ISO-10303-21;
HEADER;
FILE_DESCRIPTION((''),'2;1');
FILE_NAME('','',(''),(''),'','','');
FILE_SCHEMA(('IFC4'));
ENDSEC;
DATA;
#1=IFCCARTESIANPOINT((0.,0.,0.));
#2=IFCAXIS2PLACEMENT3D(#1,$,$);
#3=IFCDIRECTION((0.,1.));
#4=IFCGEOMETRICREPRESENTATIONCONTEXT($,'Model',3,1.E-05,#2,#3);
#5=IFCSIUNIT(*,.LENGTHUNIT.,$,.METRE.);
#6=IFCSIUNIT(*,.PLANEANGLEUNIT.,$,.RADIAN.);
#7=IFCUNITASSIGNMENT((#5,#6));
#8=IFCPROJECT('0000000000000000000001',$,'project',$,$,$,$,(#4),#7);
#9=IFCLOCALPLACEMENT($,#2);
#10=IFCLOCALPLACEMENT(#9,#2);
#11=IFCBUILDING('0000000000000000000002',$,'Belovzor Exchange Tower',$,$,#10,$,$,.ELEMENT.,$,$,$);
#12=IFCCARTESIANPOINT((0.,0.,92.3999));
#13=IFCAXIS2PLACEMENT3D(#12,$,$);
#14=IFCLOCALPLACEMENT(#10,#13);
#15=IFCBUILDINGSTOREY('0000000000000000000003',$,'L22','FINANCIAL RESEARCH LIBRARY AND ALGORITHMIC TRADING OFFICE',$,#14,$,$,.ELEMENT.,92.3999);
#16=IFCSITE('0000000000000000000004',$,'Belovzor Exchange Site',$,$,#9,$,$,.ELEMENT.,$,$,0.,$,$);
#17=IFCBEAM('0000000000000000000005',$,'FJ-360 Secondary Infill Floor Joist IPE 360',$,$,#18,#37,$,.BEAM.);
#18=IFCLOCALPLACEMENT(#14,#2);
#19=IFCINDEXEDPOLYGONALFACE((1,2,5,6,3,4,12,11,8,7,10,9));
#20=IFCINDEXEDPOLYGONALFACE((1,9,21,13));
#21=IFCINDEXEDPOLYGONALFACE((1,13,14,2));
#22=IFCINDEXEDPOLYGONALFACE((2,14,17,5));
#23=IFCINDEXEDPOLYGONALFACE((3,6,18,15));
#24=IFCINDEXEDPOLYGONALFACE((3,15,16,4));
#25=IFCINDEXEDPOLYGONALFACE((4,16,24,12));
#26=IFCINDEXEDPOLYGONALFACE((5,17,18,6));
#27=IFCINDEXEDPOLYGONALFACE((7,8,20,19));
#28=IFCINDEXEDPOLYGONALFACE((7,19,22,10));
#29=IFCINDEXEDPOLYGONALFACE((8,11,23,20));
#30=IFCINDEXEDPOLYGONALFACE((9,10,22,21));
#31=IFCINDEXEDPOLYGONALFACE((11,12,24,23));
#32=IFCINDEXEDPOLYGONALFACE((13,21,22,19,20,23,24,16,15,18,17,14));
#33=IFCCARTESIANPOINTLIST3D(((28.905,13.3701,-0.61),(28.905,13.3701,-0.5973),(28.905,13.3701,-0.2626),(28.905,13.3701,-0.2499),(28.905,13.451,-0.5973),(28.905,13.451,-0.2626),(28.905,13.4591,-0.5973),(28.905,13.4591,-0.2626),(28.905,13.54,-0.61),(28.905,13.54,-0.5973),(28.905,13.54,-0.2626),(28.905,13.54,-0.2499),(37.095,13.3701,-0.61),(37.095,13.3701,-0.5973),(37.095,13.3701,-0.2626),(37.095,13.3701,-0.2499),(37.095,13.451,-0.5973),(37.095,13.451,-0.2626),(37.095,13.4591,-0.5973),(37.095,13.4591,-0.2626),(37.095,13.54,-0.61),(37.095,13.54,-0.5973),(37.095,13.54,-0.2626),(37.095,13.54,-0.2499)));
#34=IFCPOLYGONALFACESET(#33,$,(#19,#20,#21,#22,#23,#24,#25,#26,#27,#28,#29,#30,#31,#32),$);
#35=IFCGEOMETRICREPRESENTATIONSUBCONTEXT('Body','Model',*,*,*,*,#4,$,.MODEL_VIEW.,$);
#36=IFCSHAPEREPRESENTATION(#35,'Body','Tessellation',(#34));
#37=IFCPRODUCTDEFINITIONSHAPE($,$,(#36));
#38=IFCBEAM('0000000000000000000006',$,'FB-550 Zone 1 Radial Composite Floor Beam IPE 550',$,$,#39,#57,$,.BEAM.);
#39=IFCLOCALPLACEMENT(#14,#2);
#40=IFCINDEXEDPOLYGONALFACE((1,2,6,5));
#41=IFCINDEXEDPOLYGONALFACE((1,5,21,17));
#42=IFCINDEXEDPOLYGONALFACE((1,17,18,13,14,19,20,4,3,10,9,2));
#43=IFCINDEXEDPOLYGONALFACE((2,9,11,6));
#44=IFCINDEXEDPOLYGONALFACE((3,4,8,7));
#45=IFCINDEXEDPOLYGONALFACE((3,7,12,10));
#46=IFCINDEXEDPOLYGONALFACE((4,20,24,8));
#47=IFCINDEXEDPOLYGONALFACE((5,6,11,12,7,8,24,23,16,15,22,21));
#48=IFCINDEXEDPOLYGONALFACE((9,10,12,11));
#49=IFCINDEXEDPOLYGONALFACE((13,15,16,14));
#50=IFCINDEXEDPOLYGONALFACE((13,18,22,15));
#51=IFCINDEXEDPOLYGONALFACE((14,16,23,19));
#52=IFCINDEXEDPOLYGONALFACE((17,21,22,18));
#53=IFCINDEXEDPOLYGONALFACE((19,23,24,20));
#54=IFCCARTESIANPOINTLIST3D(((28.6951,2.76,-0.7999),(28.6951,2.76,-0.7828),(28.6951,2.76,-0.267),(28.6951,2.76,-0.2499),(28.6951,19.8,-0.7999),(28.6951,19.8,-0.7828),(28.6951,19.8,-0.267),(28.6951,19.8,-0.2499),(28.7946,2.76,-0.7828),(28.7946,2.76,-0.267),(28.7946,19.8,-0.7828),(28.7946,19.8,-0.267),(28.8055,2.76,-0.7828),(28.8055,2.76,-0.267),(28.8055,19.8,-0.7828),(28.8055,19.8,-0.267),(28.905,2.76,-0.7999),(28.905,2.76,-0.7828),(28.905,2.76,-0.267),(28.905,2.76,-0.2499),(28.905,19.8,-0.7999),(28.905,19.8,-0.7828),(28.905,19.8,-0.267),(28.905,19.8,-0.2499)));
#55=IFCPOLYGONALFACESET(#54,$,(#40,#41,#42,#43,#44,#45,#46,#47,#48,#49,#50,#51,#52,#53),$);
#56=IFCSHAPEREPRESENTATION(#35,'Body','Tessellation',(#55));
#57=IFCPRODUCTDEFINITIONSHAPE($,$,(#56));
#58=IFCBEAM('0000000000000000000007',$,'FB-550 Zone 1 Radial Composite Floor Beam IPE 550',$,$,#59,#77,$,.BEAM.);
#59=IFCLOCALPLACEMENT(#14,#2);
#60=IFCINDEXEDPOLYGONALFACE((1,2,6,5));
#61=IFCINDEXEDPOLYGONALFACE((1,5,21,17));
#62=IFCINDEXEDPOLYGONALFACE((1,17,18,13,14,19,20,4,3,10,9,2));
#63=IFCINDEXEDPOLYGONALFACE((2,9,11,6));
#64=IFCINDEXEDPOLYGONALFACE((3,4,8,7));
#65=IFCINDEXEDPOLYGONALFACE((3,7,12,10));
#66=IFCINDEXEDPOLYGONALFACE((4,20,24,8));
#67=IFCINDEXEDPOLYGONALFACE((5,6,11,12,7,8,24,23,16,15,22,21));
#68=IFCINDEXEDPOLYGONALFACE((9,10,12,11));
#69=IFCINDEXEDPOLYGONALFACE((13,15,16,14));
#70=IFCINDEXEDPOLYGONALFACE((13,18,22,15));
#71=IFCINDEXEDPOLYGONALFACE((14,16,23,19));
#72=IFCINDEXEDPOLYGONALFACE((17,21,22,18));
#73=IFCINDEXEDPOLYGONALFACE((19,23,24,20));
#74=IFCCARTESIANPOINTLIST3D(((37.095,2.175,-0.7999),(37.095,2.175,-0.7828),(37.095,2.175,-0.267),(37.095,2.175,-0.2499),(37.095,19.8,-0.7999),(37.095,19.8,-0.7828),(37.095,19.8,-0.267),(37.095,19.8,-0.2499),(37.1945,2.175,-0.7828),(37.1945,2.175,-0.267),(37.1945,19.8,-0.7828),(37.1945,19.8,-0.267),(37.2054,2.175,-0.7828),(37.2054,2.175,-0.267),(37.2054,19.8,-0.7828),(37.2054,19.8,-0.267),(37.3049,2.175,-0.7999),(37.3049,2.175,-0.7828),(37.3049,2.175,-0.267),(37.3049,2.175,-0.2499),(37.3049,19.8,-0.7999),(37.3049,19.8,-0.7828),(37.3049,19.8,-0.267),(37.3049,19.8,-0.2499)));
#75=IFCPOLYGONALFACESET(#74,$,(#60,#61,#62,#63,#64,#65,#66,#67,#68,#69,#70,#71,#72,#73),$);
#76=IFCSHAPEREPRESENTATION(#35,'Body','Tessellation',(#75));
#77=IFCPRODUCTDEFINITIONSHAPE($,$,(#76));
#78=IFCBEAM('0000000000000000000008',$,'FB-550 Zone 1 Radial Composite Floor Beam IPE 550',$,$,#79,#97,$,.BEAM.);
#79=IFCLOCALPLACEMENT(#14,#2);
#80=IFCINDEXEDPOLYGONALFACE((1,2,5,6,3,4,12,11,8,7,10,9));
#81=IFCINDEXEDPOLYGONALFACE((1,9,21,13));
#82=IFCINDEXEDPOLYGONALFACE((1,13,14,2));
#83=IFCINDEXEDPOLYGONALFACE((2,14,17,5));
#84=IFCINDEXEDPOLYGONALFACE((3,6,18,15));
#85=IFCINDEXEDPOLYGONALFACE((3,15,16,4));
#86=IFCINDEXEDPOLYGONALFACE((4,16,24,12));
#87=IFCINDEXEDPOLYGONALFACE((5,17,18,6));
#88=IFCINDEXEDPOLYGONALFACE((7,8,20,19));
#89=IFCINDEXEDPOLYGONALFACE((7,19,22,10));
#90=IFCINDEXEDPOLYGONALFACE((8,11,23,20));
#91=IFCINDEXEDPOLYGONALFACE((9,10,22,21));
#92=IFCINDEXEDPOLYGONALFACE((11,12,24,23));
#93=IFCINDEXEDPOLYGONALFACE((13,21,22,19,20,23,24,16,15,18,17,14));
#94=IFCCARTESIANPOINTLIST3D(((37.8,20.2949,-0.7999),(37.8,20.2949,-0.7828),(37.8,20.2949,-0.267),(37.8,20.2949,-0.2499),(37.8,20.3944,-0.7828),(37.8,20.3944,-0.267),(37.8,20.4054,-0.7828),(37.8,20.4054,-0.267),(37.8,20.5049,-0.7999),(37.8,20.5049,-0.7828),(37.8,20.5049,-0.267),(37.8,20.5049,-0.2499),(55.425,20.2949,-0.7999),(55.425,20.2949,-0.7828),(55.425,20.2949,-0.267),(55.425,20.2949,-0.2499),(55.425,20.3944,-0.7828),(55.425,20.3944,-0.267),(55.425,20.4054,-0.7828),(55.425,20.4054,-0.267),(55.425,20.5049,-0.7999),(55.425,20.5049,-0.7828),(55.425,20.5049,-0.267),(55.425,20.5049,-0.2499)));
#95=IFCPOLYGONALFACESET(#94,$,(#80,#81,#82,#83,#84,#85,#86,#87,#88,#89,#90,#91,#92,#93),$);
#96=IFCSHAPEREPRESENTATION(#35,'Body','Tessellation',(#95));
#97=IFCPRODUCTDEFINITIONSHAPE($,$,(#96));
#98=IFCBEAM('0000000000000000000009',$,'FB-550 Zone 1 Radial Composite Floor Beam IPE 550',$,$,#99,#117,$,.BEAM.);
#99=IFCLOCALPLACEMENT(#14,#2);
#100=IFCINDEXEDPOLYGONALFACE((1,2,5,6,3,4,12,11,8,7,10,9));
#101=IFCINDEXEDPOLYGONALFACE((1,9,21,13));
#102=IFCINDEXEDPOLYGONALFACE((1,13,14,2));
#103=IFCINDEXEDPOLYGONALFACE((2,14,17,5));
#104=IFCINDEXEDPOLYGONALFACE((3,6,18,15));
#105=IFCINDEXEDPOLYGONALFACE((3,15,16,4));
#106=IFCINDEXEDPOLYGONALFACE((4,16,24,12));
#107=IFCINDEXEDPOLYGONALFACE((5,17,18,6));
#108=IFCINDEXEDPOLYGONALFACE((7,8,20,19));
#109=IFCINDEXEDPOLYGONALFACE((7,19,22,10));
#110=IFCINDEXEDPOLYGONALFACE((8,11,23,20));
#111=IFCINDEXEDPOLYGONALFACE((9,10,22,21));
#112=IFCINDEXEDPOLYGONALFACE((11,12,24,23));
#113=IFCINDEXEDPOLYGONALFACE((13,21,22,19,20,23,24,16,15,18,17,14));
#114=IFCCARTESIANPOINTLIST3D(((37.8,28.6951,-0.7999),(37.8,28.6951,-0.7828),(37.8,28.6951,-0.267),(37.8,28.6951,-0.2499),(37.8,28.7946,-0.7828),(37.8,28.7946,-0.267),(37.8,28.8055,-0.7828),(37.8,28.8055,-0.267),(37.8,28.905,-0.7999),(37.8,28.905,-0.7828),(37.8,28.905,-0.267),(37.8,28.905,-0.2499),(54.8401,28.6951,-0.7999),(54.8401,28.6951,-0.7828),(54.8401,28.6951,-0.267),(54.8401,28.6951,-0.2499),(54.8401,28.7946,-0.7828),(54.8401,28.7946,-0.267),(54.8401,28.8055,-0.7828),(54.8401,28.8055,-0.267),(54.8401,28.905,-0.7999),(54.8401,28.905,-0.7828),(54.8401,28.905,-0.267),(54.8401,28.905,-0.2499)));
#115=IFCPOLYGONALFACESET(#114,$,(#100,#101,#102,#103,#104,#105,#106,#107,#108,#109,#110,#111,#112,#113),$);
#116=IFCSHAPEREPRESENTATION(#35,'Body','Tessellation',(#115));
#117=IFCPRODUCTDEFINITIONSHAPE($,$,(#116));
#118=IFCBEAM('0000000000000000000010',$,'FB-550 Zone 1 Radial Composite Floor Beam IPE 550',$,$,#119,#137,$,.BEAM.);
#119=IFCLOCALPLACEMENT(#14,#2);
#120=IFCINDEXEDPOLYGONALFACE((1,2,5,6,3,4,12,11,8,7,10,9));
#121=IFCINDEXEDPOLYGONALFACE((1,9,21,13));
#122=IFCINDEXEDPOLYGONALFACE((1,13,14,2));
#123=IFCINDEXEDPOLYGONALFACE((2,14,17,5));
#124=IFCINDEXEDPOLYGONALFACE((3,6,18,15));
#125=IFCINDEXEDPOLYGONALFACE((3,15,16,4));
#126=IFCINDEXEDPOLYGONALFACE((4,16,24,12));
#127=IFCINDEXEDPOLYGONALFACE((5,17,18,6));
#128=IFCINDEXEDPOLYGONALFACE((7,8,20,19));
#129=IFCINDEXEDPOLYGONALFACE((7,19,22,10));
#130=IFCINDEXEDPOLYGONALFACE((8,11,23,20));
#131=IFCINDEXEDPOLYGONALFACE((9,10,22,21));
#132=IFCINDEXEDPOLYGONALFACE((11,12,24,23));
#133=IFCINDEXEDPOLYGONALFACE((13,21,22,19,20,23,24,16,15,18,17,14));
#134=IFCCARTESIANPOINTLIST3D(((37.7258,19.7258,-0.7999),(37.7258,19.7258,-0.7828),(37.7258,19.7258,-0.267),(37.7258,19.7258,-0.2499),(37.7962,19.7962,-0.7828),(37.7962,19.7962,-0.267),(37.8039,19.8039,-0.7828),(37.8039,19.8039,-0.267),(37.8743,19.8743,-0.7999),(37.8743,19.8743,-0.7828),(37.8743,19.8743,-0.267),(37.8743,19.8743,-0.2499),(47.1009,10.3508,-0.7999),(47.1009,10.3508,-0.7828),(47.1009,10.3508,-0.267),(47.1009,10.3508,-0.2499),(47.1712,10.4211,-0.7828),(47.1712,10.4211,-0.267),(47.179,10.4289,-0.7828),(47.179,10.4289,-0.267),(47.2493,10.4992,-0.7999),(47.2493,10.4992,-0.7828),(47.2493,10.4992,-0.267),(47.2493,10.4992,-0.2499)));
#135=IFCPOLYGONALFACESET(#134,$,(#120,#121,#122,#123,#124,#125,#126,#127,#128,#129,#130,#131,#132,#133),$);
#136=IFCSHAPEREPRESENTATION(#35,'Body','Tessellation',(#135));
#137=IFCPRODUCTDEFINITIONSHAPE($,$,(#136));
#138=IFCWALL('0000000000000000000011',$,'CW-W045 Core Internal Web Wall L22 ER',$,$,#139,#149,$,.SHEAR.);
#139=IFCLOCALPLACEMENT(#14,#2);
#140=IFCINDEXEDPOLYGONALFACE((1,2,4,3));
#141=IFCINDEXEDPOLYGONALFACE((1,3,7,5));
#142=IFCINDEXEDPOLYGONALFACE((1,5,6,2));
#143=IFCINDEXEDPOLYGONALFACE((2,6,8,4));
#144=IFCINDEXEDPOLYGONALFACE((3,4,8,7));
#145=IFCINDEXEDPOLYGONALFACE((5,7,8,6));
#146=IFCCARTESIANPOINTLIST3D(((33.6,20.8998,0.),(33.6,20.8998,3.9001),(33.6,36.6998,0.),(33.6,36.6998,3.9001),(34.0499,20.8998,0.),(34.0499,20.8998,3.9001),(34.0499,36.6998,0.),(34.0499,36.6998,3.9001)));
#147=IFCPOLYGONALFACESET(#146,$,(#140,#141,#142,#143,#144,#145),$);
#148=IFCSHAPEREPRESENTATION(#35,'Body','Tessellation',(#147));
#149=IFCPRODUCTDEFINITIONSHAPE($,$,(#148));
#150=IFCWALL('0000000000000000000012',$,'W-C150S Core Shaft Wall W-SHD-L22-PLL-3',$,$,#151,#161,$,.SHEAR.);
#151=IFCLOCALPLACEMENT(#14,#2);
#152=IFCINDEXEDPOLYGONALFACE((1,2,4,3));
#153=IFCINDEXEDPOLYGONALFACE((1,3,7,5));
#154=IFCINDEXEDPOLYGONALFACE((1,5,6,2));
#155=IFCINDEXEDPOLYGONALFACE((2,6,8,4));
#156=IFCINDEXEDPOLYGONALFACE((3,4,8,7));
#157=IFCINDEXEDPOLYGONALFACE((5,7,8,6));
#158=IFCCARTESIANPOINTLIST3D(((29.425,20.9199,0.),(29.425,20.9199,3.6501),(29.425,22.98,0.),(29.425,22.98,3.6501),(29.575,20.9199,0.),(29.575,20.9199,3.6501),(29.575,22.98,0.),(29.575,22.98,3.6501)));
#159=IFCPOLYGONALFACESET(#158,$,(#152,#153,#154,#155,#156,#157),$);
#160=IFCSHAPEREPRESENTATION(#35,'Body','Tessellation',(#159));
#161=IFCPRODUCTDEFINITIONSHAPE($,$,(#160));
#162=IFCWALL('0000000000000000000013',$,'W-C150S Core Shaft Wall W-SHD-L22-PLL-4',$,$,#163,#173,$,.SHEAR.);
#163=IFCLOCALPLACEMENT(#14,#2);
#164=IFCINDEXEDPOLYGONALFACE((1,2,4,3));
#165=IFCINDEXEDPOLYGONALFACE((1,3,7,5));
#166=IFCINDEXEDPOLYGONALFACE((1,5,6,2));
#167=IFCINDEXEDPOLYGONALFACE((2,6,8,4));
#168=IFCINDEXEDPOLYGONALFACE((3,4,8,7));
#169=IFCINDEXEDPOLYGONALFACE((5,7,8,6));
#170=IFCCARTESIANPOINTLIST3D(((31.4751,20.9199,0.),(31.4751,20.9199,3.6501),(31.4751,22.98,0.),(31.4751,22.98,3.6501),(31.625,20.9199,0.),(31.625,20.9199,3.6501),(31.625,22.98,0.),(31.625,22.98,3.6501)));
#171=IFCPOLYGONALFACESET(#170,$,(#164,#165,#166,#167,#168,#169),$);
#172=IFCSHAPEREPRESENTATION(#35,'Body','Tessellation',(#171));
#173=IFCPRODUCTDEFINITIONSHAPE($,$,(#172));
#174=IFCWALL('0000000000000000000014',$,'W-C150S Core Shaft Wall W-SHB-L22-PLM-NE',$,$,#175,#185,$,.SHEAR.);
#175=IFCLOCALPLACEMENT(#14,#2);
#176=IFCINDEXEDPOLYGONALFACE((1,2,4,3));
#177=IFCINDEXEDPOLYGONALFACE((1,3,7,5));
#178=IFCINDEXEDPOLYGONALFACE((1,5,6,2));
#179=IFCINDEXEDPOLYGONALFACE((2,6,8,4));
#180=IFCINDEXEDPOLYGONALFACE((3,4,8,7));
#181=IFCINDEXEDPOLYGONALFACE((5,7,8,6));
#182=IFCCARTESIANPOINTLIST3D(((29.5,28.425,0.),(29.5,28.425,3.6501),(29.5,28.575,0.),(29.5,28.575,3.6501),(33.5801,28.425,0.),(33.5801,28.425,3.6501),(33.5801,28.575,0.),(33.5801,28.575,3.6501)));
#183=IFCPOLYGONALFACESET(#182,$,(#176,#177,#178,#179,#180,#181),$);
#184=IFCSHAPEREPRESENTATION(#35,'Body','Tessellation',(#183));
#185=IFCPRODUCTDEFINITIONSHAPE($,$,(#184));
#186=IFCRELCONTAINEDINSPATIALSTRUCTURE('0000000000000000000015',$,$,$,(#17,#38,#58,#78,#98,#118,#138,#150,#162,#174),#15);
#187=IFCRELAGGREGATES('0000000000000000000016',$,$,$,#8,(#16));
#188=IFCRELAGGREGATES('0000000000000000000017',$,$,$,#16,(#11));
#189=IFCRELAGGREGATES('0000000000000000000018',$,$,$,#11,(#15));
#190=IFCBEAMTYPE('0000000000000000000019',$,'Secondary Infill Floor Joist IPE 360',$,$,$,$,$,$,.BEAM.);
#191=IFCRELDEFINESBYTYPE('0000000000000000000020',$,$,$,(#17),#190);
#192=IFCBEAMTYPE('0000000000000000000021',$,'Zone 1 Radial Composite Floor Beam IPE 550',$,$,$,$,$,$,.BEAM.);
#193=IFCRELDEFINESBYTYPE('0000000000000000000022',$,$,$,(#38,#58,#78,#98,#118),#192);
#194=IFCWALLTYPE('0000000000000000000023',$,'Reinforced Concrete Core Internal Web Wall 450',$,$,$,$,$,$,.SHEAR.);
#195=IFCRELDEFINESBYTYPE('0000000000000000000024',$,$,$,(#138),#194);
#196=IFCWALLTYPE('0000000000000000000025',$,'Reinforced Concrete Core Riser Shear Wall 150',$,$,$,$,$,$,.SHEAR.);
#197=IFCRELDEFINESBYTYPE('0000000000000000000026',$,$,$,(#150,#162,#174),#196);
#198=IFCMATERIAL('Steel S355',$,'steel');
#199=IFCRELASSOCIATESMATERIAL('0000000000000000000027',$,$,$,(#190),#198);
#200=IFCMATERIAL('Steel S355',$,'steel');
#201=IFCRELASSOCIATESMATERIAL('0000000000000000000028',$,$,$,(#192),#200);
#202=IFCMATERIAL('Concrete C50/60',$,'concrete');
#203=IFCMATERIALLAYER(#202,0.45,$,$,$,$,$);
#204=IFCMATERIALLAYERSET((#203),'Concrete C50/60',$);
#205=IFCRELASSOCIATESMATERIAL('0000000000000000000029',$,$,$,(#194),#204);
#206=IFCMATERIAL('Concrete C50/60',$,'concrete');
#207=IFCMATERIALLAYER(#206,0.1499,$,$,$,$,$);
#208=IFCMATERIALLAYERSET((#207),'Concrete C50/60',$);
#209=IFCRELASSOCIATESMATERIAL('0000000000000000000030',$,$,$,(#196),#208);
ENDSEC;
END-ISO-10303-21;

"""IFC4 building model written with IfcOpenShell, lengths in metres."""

from ifc_helpers import new_model, si_unit, direction, frame, frame_2d, origin, origin_2d, place, context, subcontext, project, spatial, rectangle, i_section, extrude, material, layer, layer_set, material_profile, profile_set, type_object, element, save


model = new_model("IFC4")

# Units and contexts
model_context = context("Model", 3, precision=1e-05, world=origin(), true_north=direction((0.0, 1.0)))
body_context = subcontext(model_context, "Body", "Model", "MODEL_VIEW")
ifc_project = project(units=[si_unit("LENGTHUNIT", "METRE"), si_unit("PLANEANGLEUNIT", "RADIAN")], contexts=[model_context])

# Site, building, storey
site_placement = place(None, origin())
site = spatial("IfcSite", under=ifc_project, at=site_placement, Name="Belovzor Exchange Site", CompositionType="ELEMENT", RefElevation=0.0)
building_placement = place(site_placement, origin())
building = spatial("IfcBuilding", under=site, at=building_placement, Name="Belovzor Exchange Tower", CompositionType="ELEMENT")
storey_placement = place(building_placement, frame((0.0, 0.0, 92.3999)))
storey = spatial("IfcBuildingStorey", under=building, at=storey_placement, Name="L22", Description="FINANCIAL RESEARCH LIBRARY AND ALGORITHMIC TRADING OFFICE", CompositionType="ELEMENT", Elevation=92.3999)

# Beams
ifc_material_1 = material(Name="Steel S355", Category="steel")
ifc_material_profile_1 = material_profile(ifc_material_1, i_section(OverallWidth=0.1699, OverallDepth=0.3601, WebThickness=0.0081, FlangeThickness=0.0127, at=origin_2d()))
ifc_profile_set_1 = profile_set([ifc_material_profile_1], Name="Steel S355")
beam_type_1 = type_object("IfcBeamType", Name="Secondary Infill Floor Joist IPE 360", PredefinedType="BEAM", material=ifc_profile_set_1)
beam_1_placement = place(storey_placement, frame((28.905, 13.4551, -0.4299), z_axis=(1.0, 0.0, 0.0), x_axis=(0.0, 1.0, 0.0)))
element("IfcBeam", 1, at=beam_1_placement, inside=storey, type_object=beam_type_1, Name="FJ-360 Secondary Infill Floor Joist IPE 360", PredefinedType="BEAM", context=body_context, shape_type="SweptSolid", body=[
    extrude(i_section(OverallWidth=0.1699, OverallDepth=0.3601, WebThickness=0.0081, FlangeThickness=0.0127, at=origin_2d()), origin(), (0.0, 0.0, 1.0), 8.1899),
])
ifc_material_2 = material(Name="Steel S355", Category="steel")
ifc_material_profile_2 = material_profile(ifc_material_2, i_section(OverallWidth=0.21, OverallDepth=0.55, WebThickness=0.011, FlangeThickness=0.0171, at=origin_2d()))
ifc_profile_set_2 = profile_set([ifc_material_profile_2], Name="Steel S355")
beam_type_2 = type_object("IfcBeamType", Name="Zone 1 Radial Composite Floor Beam IPE 550", PredefinedType="BEAM", material=ifc_profile_set_2)
beam_2_placement = place(storey_placement, frame((28.8, 19.8, -0.5249), z_axis=(0.0, -1.0, 0.0), x_axis=(1.0, 0.0, 0.0)))
element("IfcBeam", 2, at=beam_2_placement, inside=storey, type_object=beam_type_2, Name="FB-550 Zone 1 Radial Composite Floor Beam IPE 550", PredefinedType="BEAM", context=body_context, shape_type="SweptSolid", body=[
    extrude(i_section(OverallWidth=0.21, OverallDepth=0.55, WebThickness=0.011, FlangeThickness=0.0171, at=origin_2d()), origin(), (0.0, 0.0, 1.0), 17.04),
])
for number, where, z_axis, x_axis, name in (
    (3, (37.2, 19.8, -0.5249), (0.0, -1.0, 0.0), (1.0, 0.0, 0.0), "FB-550 Zone 1 Radial Composite Floor Beam IPE 550"),
    (4, (37.8, 20.3999, -0.5249), (1.0, 0.0, 0.0), (0.0, 1.0, 0.0), "FB-550 Zone 1 Radial Composite Floor Beam IPE 550"),
):
    element("IfcBeam", number, at=place(storey_placement, frame(where, z_axis=z_axis, x_axis=x_axis)), inside=storey, type_object=beam_type_2, Name=name, PredefinedType="BEAM", context=body_context, shape_type="SweptSolid", body=[
        extrude(i_section(OverallWidth=0.21, OverallDepth=0.55, WebThickness=0.011, FlangeThickness=0.0171, at=origin_2d()), origin(), (0.0, 0.0, 1.0), 17.625),
    ])
beam_3_placement = place(storey_placement, frame((37.8, 28.8, -0.5249), z_axis=(1.0, 0.0, 0.0), x_axis=(0.0, 1.0, 0.0)))
element("IfcBeam", 5, at=beam_3_placement, inside=storey, type_object=beam_type_2, Name="FB-550 Zone 1 Radial Composite Floor Beam IPE 550", PredefinedType="BEAM", context=body_context, shape_type="SweptSolid", body=[
    extrude(i_section(OverallWidth=0.21, OverallDepth=0.55, WebThickness=0.011, FlangeThickness=0.0171, at=origin_2d()), origin(), (0.0, 0.0, 1.0), 17.04),
])
beam_4_placement = place(storey_placement, frame((37.8, 19.8, -0.5249), z_axis=(0.707107, -0.707107, 0.0), x_axis=(0.707107, 0.707107, 0.0)))
element("IfcBeam", 6, at=beam_4_placement, inside=storey, type_object=beam_type_2, Name="FB-550 Zone 1 Radial Composite Floor Beam IPE 550", PredefinedType="BEAM", context=body_context, shape_type="SweptSolid", body=[
    extrude(i_section(OverallWidth=0.21, OverallDepth=0.55, WebThickness=0.011, FlangeThickness=0.0171, at=origin_2d()), origin(), (0.0, 0.0, 1.0), 13.2583),
])

# Walls
ifc_material_3 = material(Name="Concrete C50/60", Category="concrete")
ifc_layer_1 = layer(ifc_material_3, 0.45)
ifc_layer_set_1 = layer_set([ifc_layer_1], Name="Concrete C50/60")
wall_type_1 = type_object("IfcWallType", Name="Reinforced Concrete Core Internal Web Wall 450", PredefinedType="SHEAR", material=ifc_layer_set_1)
wall_1_placement = place(storey_placement, frame((33.825, 20.8999, 0.0), z_axis=(0.0, 0.0, 1.0), x_axis=(0.0, 1.0, 0.0)))
element("IfcWall", 7, at=wall_1_placement, inside=storey, type_object=wall_type_1, Name="CW-W045 Core Internal Web Wall L22 ER", PredefinedType="SHEAR", context=body_context, shape_type="SweptSolid", body=[
    extrude(rectangle(XDim=15.8, YDim=0.45, at=frame_2d((7.8999, 0.0))), origin(), (0.0, 0.0, 1.0), 3.9001),
])
ifc_material_4 = material(Name="Concrete C50/60", Category="concrete")
ifc_layer_2 = layer(ifc_material_4, 0.1499)
ifc_layer_set_2 = layer_set([ifc_layer_2], Name="Concrete C50/60")
wall_type_2 = type_object("IfcWallType", Name="Reinforced Concrete Core Riser Shear Wall 150", PredefinedType="SHEAR", material=ifc_layer_set_2)
for number, where, z_axis, x_axis, name in (
    (8, (29.5, 20.9199, 0.0), (0.0, 0.0, 1.0), (0.0, 1.0, 0.0), "W-C150S Core Shaft Wall W-SHD-L22-PLL-3"),
    (9, (31.55, 20.9199, 0.0), (0.0, 0.0, 1.0), (0.0, 1.0, 0.0), "W-C150S Core Shaft Wall W-SHD-L22-PLL-4"),
):
    element("IfcWall", number, at=place(storey_placement, frame(where, z_axis=z_axis, x_axis=x_axis)), inside=storey, type_object=wall_type_2, Name=name, PredefinedType="SHEAR", context=body_context, shape_type="SweptSolid", body=[
        extrude(rectangle(XDim=2.0601, YDim=0.1499, at=frame_2d((1.03, 0.0))), origin(), (0.0, 0.0, 1.0), 3.6501),
    ])
wall_2_placement = place(storey_placement, frame((29.5, 28.5, 0.0), z_axis=(0.0, 0.0, 1.0), x_axis=(1.0, 0.0, 0.0)))
element("IfcWall", 10, at=wall_2_placement, inside=storey, type_object=wall_type_2, Name="W-C150S Core Shaft Wall W-SHB-L22-PLM-NE", PredefinedType="SHEAR", context=body_context, shape_type="SweptSolid", body=[
    extrude(rectangle(XDim=4.0801, YDim=0.1499, at=frame_2d((2.04, 0.0))), origin(), (0.0, 0.0, 1.0), 3.6501),
])

save(model, "model.ifc")
